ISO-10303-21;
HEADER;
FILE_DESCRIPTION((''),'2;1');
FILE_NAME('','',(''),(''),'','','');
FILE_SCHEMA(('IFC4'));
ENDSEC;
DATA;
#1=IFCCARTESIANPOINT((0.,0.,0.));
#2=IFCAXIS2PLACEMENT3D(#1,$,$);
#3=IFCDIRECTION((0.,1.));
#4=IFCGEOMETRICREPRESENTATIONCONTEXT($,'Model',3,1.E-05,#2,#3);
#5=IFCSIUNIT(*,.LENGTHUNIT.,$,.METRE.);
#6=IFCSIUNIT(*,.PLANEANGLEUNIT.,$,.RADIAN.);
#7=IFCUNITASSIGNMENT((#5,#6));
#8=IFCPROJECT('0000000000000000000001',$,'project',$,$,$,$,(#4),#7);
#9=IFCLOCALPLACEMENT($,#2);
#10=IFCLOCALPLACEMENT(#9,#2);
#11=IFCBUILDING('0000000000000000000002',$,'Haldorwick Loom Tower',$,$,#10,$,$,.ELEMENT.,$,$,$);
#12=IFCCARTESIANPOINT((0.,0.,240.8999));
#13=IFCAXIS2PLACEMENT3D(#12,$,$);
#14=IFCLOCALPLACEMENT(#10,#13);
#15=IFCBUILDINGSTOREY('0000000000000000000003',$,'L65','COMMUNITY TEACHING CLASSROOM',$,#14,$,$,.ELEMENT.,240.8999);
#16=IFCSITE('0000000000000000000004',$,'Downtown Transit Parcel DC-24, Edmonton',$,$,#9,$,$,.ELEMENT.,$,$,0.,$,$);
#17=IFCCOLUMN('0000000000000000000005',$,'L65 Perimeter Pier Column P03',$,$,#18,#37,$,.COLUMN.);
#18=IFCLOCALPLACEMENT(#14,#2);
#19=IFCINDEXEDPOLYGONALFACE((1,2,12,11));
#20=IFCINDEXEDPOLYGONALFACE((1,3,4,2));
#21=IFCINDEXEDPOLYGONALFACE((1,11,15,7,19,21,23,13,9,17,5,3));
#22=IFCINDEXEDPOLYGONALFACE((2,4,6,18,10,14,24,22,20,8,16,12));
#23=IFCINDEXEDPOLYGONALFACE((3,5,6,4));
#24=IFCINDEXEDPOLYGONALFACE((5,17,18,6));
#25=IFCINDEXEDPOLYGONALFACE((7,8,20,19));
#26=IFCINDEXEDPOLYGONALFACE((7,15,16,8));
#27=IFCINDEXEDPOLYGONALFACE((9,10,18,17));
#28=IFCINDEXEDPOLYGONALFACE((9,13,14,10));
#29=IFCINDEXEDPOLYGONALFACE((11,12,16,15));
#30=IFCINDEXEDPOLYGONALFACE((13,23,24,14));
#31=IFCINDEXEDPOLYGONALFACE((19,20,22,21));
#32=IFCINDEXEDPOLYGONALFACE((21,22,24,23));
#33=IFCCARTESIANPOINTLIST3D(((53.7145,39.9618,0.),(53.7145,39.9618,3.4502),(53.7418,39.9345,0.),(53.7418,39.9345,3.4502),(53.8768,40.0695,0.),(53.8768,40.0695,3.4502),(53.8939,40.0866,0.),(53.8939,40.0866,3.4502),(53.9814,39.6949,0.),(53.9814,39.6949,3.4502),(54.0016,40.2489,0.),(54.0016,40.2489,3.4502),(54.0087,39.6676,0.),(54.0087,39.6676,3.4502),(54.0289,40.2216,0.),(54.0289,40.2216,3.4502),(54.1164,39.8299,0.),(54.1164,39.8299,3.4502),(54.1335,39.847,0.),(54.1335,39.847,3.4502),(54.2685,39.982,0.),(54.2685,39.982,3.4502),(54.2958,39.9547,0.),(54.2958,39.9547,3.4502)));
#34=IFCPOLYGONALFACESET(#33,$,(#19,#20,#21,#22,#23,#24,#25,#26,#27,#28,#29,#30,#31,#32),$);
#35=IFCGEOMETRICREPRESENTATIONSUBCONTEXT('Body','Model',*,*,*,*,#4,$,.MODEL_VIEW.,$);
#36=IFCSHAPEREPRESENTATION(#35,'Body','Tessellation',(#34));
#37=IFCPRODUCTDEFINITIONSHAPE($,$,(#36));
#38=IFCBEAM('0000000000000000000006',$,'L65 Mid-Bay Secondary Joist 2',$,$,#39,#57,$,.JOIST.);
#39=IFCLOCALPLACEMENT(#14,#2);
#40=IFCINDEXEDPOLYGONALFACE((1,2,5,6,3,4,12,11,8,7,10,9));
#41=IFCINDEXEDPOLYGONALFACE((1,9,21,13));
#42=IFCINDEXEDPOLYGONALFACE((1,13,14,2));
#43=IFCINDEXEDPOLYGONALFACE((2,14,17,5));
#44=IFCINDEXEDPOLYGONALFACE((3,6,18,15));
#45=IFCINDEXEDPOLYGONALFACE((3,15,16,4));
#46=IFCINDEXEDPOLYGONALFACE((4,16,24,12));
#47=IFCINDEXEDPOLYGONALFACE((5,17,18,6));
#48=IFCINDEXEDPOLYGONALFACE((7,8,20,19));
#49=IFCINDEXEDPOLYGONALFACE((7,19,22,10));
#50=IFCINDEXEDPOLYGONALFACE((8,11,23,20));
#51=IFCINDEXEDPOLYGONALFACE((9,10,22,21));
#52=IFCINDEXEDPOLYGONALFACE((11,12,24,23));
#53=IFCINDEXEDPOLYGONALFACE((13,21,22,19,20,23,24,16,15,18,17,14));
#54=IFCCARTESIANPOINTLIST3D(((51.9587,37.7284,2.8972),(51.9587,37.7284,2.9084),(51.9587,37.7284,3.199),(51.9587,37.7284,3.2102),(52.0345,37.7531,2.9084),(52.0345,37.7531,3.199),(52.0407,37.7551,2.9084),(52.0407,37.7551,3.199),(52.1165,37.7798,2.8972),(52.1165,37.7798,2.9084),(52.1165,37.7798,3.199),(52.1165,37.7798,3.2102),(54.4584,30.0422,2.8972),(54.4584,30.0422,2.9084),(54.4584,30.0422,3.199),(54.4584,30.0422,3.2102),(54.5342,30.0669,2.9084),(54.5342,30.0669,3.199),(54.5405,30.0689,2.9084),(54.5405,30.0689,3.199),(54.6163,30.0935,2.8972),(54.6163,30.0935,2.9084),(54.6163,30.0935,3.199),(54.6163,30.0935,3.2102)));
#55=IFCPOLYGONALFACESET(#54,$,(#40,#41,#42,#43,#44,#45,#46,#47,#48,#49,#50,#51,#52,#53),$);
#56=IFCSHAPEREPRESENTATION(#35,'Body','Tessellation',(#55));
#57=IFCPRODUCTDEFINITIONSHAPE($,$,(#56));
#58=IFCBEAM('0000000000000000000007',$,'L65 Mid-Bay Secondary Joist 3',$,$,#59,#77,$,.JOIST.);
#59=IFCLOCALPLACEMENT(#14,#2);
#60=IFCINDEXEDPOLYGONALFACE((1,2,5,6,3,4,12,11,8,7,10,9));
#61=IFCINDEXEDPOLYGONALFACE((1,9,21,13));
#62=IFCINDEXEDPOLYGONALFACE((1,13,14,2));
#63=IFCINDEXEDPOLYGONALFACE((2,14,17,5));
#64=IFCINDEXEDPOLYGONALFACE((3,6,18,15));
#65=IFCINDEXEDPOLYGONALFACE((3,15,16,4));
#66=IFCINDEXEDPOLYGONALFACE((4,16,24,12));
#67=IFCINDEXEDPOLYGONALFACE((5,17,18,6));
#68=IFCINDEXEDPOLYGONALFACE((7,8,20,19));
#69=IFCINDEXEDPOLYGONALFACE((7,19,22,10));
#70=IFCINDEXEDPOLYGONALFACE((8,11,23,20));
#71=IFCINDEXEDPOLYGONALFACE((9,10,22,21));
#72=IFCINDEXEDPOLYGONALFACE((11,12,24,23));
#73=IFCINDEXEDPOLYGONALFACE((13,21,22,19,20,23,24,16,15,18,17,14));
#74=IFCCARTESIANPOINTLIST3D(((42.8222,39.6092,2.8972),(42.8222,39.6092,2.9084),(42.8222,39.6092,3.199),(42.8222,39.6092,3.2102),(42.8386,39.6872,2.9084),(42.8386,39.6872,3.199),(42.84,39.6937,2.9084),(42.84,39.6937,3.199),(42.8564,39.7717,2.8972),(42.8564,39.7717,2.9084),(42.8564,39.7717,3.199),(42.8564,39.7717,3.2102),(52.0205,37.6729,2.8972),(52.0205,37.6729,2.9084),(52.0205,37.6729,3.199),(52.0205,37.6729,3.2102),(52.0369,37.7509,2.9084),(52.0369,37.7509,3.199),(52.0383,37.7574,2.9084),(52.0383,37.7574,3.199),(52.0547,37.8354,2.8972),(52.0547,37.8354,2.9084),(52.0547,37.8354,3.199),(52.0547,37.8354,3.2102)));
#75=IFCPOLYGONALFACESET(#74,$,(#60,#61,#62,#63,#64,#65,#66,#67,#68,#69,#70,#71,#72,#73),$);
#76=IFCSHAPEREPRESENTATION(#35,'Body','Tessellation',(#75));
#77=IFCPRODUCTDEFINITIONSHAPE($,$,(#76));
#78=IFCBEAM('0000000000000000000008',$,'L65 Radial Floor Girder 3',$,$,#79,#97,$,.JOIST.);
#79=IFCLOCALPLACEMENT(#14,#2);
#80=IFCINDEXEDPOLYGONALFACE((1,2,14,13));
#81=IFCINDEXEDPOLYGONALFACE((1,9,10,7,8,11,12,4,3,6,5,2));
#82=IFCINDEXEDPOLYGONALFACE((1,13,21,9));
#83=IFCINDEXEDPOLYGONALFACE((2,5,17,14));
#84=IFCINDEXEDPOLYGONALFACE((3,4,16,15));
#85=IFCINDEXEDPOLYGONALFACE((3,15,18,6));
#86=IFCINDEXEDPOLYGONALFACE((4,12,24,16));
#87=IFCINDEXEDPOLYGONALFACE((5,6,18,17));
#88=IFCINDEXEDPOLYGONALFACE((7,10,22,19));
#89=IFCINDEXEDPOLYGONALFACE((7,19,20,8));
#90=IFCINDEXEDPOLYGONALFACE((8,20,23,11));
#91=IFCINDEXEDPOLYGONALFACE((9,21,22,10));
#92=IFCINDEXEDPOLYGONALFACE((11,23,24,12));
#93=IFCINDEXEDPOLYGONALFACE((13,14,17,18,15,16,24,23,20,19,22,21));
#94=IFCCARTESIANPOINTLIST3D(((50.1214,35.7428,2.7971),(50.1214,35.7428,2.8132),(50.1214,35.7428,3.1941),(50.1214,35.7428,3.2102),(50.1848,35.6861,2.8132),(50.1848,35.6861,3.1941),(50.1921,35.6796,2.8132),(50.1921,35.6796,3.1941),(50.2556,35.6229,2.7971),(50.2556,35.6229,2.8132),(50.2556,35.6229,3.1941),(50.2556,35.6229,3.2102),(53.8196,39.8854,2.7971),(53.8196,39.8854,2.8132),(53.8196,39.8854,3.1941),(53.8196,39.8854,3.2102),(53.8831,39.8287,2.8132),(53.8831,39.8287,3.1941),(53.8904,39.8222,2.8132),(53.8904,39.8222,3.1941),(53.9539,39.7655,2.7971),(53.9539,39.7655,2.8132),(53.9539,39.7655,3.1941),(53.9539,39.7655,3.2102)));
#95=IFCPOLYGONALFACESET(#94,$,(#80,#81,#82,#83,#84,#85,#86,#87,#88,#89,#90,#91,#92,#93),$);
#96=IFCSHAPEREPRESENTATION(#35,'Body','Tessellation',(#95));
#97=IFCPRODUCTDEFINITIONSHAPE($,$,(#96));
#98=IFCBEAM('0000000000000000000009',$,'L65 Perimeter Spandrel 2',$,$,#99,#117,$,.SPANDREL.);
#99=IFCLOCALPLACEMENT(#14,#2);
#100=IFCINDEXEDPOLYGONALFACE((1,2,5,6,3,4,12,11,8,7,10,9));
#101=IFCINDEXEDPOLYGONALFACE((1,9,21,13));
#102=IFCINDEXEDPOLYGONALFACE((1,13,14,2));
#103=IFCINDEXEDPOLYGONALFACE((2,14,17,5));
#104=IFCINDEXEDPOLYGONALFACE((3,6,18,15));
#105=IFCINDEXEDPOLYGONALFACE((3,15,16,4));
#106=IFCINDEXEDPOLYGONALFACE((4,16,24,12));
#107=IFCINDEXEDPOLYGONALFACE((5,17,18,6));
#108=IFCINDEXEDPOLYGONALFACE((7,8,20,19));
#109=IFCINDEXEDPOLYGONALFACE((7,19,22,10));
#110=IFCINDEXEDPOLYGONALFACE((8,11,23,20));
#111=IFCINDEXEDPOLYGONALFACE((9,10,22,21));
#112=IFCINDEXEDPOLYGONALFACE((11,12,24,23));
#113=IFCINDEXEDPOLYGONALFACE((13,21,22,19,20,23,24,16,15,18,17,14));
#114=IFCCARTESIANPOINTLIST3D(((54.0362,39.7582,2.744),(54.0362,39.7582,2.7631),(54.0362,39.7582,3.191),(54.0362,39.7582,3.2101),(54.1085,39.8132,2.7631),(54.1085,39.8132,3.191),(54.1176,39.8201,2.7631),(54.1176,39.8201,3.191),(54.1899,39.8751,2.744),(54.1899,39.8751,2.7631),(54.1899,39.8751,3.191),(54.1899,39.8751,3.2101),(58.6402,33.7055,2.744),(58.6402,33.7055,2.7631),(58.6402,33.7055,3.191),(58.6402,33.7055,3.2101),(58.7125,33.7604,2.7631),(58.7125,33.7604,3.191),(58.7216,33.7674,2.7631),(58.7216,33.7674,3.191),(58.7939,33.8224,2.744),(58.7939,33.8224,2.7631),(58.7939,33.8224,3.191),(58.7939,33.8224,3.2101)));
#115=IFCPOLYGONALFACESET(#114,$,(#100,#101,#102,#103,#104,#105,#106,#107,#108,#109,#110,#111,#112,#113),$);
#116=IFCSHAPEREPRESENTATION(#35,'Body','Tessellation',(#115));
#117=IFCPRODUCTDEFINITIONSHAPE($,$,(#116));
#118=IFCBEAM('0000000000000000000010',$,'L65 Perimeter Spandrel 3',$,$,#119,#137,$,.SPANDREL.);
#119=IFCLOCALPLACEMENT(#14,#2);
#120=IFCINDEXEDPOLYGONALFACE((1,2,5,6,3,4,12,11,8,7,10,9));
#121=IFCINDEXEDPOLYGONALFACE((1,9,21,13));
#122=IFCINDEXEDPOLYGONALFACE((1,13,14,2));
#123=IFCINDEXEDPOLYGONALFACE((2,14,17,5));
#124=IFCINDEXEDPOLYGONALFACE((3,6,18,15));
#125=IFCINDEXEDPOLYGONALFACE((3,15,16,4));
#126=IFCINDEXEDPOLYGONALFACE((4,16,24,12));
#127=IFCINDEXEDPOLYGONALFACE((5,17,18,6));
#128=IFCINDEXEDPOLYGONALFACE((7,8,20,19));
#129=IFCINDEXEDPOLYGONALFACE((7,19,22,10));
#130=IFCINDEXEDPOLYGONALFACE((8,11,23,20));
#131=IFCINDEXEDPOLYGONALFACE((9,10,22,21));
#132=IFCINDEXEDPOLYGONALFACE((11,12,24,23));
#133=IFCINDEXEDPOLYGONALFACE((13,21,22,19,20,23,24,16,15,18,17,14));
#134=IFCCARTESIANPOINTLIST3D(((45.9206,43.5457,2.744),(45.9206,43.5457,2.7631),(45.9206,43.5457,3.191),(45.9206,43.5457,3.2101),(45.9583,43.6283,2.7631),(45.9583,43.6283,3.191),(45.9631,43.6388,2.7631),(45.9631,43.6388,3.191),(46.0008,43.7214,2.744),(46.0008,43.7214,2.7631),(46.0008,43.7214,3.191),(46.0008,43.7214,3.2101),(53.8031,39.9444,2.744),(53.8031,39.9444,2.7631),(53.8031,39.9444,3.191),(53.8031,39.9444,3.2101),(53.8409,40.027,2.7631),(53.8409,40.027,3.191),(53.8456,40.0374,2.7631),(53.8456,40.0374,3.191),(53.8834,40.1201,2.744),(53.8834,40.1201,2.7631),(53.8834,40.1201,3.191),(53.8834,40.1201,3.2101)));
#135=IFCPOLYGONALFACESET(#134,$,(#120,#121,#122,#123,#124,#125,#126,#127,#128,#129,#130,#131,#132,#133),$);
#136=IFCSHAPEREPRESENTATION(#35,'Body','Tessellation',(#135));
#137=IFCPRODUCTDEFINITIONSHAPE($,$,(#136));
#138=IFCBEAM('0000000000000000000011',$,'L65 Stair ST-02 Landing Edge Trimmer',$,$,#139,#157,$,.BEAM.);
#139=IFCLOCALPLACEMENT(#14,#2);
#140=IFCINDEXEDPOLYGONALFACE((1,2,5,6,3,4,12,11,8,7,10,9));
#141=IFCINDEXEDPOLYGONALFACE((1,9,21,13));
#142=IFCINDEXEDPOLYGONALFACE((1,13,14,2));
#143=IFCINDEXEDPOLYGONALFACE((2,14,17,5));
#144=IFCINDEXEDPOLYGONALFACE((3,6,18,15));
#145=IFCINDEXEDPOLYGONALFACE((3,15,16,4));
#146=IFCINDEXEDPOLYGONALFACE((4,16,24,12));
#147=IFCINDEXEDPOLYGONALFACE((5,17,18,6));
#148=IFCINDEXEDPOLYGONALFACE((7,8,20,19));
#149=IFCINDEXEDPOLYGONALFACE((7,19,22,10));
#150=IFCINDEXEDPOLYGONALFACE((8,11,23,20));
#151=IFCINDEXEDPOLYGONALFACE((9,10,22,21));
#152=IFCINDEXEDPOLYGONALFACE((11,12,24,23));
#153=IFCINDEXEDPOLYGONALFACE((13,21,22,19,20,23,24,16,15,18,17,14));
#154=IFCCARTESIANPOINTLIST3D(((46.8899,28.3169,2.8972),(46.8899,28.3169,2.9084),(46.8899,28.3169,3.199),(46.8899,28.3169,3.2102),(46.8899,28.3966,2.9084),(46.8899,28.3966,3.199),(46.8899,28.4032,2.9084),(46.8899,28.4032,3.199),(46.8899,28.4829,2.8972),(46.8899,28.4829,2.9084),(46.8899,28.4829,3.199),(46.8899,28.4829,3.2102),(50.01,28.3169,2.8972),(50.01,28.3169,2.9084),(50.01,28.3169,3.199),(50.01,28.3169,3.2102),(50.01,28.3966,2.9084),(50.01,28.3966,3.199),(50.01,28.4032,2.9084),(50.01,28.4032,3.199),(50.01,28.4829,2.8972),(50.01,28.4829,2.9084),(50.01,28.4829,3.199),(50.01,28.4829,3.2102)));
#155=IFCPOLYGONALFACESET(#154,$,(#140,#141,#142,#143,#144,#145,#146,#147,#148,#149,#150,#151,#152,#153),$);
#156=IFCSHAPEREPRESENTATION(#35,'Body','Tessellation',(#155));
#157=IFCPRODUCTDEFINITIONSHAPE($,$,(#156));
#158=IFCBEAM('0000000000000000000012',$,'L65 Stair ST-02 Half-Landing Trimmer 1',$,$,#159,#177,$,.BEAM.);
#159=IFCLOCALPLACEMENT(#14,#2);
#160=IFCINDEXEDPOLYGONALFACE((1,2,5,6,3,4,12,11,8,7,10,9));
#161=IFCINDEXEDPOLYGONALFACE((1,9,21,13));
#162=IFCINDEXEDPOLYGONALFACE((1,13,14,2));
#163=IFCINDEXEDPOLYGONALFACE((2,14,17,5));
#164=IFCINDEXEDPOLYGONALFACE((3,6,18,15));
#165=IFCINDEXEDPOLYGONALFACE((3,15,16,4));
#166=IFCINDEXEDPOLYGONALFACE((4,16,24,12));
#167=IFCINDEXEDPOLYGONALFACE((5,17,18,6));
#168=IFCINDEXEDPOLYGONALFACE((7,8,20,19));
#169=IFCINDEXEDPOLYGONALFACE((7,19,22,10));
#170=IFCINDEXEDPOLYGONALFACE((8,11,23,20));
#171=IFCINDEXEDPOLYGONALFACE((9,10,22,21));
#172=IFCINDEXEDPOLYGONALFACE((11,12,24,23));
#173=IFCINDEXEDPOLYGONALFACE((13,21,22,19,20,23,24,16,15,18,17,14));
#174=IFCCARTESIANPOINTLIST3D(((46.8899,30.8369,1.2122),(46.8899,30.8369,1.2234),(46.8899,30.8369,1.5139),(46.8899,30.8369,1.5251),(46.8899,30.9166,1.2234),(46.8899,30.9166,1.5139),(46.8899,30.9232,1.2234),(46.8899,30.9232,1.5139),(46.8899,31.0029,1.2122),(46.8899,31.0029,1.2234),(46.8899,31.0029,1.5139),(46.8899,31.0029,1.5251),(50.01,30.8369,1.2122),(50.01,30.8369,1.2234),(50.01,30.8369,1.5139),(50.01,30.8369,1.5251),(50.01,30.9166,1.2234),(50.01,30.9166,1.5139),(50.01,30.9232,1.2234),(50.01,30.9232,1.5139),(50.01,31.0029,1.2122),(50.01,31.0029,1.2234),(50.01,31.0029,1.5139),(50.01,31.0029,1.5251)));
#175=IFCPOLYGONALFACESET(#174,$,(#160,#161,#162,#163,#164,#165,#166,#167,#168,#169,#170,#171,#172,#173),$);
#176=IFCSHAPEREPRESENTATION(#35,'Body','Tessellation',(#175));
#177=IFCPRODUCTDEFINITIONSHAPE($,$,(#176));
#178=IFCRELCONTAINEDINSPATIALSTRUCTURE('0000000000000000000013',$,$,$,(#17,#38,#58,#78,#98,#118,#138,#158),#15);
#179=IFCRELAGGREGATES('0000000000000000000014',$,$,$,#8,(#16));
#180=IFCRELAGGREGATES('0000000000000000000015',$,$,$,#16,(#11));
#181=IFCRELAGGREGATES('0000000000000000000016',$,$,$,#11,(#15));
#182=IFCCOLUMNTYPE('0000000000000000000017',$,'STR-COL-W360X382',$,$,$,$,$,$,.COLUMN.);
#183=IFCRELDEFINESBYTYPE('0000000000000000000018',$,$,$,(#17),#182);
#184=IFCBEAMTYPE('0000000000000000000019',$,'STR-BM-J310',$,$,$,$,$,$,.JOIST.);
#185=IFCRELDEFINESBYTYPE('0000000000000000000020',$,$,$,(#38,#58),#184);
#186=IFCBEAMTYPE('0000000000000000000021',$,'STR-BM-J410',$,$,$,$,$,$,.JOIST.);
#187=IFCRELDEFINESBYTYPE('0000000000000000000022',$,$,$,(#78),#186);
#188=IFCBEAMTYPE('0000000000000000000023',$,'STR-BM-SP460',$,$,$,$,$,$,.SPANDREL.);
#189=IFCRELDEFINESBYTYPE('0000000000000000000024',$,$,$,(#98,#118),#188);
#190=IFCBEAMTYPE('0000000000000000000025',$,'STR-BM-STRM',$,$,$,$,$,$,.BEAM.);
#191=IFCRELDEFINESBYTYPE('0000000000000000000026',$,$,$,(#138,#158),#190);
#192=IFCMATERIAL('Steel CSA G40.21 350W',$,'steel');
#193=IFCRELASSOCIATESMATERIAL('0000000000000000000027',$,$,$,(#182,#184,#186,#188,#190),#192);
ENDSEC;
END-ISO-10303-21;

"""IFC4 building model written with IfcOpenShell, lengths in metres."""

from ifc_helpers import new_model, si_unit, direction, frame, origin, origin_2d, place, context, subcontext, project, spatial, i_section, extrude, material, material_profile, profile_set, type_object, element, save


model = new_model("IFC4")

# Units and contexts
model_context = context("Model", 3, precision=1e-05, world=origin(), true_north=direction((0.0, 1.0)))
body_context = subcontext(model_context, "Body", "Model", "MODEL_VIEW")
ifc_project = project(units=[si_unit("LENGTHUNIT", "METRE"), si_unit("PLANEANGLEUNIT", "RADIAN")], contexts=[model_context])

# Site, building, storey
site_placement = place(None, origin())
site = spatial("IfcSite", under=ifc_project, at=site_placement, Name="Downtown Transit Parcel DC-24, Edmonton", CompositionType="ELEMENT", RefElevation=0.0)
building_placement = place(site_placement, origin())
building = spatial("IfcBuilding", under=site, at=building_placement, Name="Haldorwick Loom Tower", CompositionType="ELEMENT")
storey_placement = place(building_placement, frame((0.0, 0.0, 240.8999)))
storey = spatial("IfcBuildingStorey", under=building, at=storey_placement, Name="L65", Description="COMMUNITY TEACHING CLASSROOM", CompositionType="ELEMENT", Elevation=240.8999)

# Column
ifc_material_1 = material(Name="Steel CSA G40.21 350W", Category="steel")
ifc_material_profile_1 = material_profile(ifc_material_1, i_section(OverallWidth=0.406, OverallDepth=0.416, WebThickness=0.0242, FlangeThickness=0.0386, at=origin_2d()), Name="W360X382", Category="steel")
ifc_profile_set_1 = profile_set([ifc_material_profile_1], Name="Steel CSA G40.21 350W")
column_type_1 = type_object("IfcColumnType", Name="STR-COL-W360X382", PredefinedType="COLUMN", material=ifc_profile_set_1)
for number, where, z_axis, x_axis, name in (
    (1, (54.0051, 39.9583, 0.0), (0.0, 0.0, 1.0), (0.707107, 0.707107, 0.0), "L65 Perimeter Pier Column P03"),
):
    element("IfcColumn", number, at=place(storey_placement, frame(where, z_axis=z_axis, x_axis=x_axis)), inside=storey, type_object=column_type_1, Name=name, PredefinedType="COLUMN", context=body_context, shape_type="SweptSolid", body=[
        extrude(i_section(OverallWidth=0.406, OverallDepth=0.416, WebThickness=0.0242, FlangeThickness=0.0386, at=origin_2d()), origin(), (0.0, 0.0, 1.0), 3.4502),
    ])

# Beams
ifc_material_profile_2 = material_profile(ifc_material_1, i_section(OverallWidth=0.166, OverallDepth=0.313, WebThickness=0.0066, FlangeThickness=0.0112, at=origin_2d()), Name="W310X45", Category="steel")
ifc_profile_set_2 = profile_set([ifc_material_profile_2], Name="Steel CSA G40.21 350W")
beam_type_1 = type_object("IfcBeamType", Name="STR-BM-J310", PredefinedType="JOIST", material=ifc_profile_set_2)
beam_1_placement = place(storey_placement, frame((54.5374, 30.0679, 3.0537), z_axis=(-0.309278, 0.950972, 0.0), x_axis=(-0.950972, -0.309278, 0.0)))
element("IfcBeam", 2, at=beam_1_placement, inside=storey, type_object=beam_type_1, Name="L65 Mid-Bay Secondary Joist 2", PredefinedType="JOIST", context=body_context, shape_type="SweptSolid", body=[
    extrude(i_section(OverallWidth=0.166, OverallDepth=0.313, WebThickness=0.0066, FlangeThickness=0.0112, at=origin_2d()), origin(), (0.0, 0.0, 1.0), 8.0825),
])
beam_2_placement = place(storey_placement, frame((52.0376, 37.7542, 3.0537), z_axis=(-0.978554, 0.205991, 0.0), x_axis=(-0.205991, -0.978554, 0.0)))
element("IfcBeam", 3, at=beam_2_placement, inside=storey, type_object=beam_type_1, Name="L65 Mid-Bay Secondary Joist 3", PredefinedType="JOIST", context=body_context, shape_type="SweptSolid", body=[
    extrude(i_section(OverallWidth=0.166, OverallDepth=0.313, WebThickness=0.0066, FlangeThickness=0.0112, at=origin_2d()), origin(), (0.0, 0.0, 1.0), 9.3999),
])
ifc_material_profile_3 = material_profile(ifc_material_1, i_section(OverallWidth=0.1799, OverallDepth=0.4131, WebThickness=0.0098, FlangeThickness=0.0161, at=origin_2d()), Name="W410X74", Category="steel")
ifc_profile_set_3 = profile_set([ifc_material_profile_3], Name="Steel CSA G40.21 350W")
beam_type_2 = type_object("IfcBeamType", Name="STR-BM-J410", PredefinedType="JOIST", material=ifc_profile_set_3)
beam_3_placement = place(storey_placement, frame((50.1885, 35.6829, 3.0037), z_axis=(0.665967, 0.745981, 0.0), x_axis=(-0.745981, 0.665967, 0.0)))
element("IfcBeam", 4, at=beam_3_placement, inside=storey, type_object=beam_type_2, Name="L65 Radial Floor Girder 3", PredefinedType="JOIST", context=body_context, shape_type="SweptSolid", body=[
    extrude(i_section(OverallWidth=0.1799, OverallDepth=0.4131, WebThickness=0.0098, FlangeThickness=0.0161, at=origin_2d()), origin(), (0.0, 0.0, 1.0), 5.5532),
])
ifc_material_profile_4 = material_profile(ifc_material_1, i_section(OverallWidth=0.1931, OverallDepth=0.4661, WebThickness=0.0115, FlangeThickness=0.019, at=origin_2d()), Name="W460X97", Category="steel")
ifc_profile_set_4 = profile_set([ifc_material_profile_4], Name="Steel CSA G40.21 350W")
beam_type_3 = type_object("IfcBeamType", Name="STR-BM-SP460", PredefinedType="SPANDREL", material=ifc_profile_set_4)
beam_4_placement = place(storey_placement, frame((58.717, 33.7639, 2.9771), z_axis=(-0.60541, 0.795913, 0.0), x_axis=(-0.795913, -0.60541, 0.0)))
element("IfcBeam", 5, at=beam_4_placement, inside=storey, type_object=beam_type_3, Name="L65 Perimeter Spandrel 2", PredefinedType="SPANDREL", context=body_context, shape_type="SweptSolid", body=[
    extrude(i_section(OverallWidth=0.1931, OverallDepth=0.4661, WebThickness=0.0115, FlangeThickness=0.019, at=origin_2d()), origin(), (0.0, 0.0, 1.0), 7.6047),
])
beam_5_placement = place(storey_placement, frame((53.8433, 40.0322, 2.9771), z_axis=(-0.909568, 0.415555, 0.0), x_axis=(-0.415555, -0.909568, 0.0)))
element("IfcBeam", 6, at=beam_5_placement, inside=storey, type_object=beam_type_3, Name="L65 Perimeter Spandrel 3", PredefinedType="SPANDREL", context=body_context, shape_type="SweptSolid", body=[
    extrude(i_section(OverallWidth=0.1931, OverallDepth=0.4661, WebThickness=0.0115, FlangeThickness=0.019, at=origin_2d()), origin(), (0.0, 0.0, 1.0), 8.6663),
])
ifc_material_profile_5 = material_profile(ifc_material_1, i_section(OverallWidth=0.166, OverallDepth=0.313, WebThickness=0.0066, FlangeThickness=0.0112, at=origin_2d()), Name="W310X45", Category="steel")
ifc_profile_set_5 = profile_set([ifc_material_profile_5], Name="Steel CSA G40.21 350W")
beam_type_4 = type_object("IfcBeamType", Name="STR-BM-STRM", PredefinedType="BEAM", material=ifc_profile_set_5)
for number, where, z_axis, x_axis, name in (
    (7, (46.8899, 28.3999, 3.0537), (1.0, 0.0, 0.0), (0.0, 1.0, 0.0), "L65 Stair ST-02 Landing Edge Trimmer"),
    (8, (46.8899, 30.9199, 1.3687), (1.0, 0.0, 0.0), (0.0, 1.0, 0.0), "L65 Stair ST-02 Half-Landing Trimmer 1"),
):
    element("IfcBeam", number, at=place(storey_placement, frame(where, z_axis=z_axis, x_axis=x_axis)), inside=storey, type_object=beam_type_4, Name=name, PredefinedType="BEAM", context=body_context, shape_type="SweptSolid", body=[
        extrude(i_section(OverallWidth=0.166, OverallDepth=0.313, WebThickness=0.0066, FlangeThickness=0.0112, at=origin_2d()), origin(), (0.0, 0.0, 1.0), 3.1201),
    ])

save(model, "model.ifc")
